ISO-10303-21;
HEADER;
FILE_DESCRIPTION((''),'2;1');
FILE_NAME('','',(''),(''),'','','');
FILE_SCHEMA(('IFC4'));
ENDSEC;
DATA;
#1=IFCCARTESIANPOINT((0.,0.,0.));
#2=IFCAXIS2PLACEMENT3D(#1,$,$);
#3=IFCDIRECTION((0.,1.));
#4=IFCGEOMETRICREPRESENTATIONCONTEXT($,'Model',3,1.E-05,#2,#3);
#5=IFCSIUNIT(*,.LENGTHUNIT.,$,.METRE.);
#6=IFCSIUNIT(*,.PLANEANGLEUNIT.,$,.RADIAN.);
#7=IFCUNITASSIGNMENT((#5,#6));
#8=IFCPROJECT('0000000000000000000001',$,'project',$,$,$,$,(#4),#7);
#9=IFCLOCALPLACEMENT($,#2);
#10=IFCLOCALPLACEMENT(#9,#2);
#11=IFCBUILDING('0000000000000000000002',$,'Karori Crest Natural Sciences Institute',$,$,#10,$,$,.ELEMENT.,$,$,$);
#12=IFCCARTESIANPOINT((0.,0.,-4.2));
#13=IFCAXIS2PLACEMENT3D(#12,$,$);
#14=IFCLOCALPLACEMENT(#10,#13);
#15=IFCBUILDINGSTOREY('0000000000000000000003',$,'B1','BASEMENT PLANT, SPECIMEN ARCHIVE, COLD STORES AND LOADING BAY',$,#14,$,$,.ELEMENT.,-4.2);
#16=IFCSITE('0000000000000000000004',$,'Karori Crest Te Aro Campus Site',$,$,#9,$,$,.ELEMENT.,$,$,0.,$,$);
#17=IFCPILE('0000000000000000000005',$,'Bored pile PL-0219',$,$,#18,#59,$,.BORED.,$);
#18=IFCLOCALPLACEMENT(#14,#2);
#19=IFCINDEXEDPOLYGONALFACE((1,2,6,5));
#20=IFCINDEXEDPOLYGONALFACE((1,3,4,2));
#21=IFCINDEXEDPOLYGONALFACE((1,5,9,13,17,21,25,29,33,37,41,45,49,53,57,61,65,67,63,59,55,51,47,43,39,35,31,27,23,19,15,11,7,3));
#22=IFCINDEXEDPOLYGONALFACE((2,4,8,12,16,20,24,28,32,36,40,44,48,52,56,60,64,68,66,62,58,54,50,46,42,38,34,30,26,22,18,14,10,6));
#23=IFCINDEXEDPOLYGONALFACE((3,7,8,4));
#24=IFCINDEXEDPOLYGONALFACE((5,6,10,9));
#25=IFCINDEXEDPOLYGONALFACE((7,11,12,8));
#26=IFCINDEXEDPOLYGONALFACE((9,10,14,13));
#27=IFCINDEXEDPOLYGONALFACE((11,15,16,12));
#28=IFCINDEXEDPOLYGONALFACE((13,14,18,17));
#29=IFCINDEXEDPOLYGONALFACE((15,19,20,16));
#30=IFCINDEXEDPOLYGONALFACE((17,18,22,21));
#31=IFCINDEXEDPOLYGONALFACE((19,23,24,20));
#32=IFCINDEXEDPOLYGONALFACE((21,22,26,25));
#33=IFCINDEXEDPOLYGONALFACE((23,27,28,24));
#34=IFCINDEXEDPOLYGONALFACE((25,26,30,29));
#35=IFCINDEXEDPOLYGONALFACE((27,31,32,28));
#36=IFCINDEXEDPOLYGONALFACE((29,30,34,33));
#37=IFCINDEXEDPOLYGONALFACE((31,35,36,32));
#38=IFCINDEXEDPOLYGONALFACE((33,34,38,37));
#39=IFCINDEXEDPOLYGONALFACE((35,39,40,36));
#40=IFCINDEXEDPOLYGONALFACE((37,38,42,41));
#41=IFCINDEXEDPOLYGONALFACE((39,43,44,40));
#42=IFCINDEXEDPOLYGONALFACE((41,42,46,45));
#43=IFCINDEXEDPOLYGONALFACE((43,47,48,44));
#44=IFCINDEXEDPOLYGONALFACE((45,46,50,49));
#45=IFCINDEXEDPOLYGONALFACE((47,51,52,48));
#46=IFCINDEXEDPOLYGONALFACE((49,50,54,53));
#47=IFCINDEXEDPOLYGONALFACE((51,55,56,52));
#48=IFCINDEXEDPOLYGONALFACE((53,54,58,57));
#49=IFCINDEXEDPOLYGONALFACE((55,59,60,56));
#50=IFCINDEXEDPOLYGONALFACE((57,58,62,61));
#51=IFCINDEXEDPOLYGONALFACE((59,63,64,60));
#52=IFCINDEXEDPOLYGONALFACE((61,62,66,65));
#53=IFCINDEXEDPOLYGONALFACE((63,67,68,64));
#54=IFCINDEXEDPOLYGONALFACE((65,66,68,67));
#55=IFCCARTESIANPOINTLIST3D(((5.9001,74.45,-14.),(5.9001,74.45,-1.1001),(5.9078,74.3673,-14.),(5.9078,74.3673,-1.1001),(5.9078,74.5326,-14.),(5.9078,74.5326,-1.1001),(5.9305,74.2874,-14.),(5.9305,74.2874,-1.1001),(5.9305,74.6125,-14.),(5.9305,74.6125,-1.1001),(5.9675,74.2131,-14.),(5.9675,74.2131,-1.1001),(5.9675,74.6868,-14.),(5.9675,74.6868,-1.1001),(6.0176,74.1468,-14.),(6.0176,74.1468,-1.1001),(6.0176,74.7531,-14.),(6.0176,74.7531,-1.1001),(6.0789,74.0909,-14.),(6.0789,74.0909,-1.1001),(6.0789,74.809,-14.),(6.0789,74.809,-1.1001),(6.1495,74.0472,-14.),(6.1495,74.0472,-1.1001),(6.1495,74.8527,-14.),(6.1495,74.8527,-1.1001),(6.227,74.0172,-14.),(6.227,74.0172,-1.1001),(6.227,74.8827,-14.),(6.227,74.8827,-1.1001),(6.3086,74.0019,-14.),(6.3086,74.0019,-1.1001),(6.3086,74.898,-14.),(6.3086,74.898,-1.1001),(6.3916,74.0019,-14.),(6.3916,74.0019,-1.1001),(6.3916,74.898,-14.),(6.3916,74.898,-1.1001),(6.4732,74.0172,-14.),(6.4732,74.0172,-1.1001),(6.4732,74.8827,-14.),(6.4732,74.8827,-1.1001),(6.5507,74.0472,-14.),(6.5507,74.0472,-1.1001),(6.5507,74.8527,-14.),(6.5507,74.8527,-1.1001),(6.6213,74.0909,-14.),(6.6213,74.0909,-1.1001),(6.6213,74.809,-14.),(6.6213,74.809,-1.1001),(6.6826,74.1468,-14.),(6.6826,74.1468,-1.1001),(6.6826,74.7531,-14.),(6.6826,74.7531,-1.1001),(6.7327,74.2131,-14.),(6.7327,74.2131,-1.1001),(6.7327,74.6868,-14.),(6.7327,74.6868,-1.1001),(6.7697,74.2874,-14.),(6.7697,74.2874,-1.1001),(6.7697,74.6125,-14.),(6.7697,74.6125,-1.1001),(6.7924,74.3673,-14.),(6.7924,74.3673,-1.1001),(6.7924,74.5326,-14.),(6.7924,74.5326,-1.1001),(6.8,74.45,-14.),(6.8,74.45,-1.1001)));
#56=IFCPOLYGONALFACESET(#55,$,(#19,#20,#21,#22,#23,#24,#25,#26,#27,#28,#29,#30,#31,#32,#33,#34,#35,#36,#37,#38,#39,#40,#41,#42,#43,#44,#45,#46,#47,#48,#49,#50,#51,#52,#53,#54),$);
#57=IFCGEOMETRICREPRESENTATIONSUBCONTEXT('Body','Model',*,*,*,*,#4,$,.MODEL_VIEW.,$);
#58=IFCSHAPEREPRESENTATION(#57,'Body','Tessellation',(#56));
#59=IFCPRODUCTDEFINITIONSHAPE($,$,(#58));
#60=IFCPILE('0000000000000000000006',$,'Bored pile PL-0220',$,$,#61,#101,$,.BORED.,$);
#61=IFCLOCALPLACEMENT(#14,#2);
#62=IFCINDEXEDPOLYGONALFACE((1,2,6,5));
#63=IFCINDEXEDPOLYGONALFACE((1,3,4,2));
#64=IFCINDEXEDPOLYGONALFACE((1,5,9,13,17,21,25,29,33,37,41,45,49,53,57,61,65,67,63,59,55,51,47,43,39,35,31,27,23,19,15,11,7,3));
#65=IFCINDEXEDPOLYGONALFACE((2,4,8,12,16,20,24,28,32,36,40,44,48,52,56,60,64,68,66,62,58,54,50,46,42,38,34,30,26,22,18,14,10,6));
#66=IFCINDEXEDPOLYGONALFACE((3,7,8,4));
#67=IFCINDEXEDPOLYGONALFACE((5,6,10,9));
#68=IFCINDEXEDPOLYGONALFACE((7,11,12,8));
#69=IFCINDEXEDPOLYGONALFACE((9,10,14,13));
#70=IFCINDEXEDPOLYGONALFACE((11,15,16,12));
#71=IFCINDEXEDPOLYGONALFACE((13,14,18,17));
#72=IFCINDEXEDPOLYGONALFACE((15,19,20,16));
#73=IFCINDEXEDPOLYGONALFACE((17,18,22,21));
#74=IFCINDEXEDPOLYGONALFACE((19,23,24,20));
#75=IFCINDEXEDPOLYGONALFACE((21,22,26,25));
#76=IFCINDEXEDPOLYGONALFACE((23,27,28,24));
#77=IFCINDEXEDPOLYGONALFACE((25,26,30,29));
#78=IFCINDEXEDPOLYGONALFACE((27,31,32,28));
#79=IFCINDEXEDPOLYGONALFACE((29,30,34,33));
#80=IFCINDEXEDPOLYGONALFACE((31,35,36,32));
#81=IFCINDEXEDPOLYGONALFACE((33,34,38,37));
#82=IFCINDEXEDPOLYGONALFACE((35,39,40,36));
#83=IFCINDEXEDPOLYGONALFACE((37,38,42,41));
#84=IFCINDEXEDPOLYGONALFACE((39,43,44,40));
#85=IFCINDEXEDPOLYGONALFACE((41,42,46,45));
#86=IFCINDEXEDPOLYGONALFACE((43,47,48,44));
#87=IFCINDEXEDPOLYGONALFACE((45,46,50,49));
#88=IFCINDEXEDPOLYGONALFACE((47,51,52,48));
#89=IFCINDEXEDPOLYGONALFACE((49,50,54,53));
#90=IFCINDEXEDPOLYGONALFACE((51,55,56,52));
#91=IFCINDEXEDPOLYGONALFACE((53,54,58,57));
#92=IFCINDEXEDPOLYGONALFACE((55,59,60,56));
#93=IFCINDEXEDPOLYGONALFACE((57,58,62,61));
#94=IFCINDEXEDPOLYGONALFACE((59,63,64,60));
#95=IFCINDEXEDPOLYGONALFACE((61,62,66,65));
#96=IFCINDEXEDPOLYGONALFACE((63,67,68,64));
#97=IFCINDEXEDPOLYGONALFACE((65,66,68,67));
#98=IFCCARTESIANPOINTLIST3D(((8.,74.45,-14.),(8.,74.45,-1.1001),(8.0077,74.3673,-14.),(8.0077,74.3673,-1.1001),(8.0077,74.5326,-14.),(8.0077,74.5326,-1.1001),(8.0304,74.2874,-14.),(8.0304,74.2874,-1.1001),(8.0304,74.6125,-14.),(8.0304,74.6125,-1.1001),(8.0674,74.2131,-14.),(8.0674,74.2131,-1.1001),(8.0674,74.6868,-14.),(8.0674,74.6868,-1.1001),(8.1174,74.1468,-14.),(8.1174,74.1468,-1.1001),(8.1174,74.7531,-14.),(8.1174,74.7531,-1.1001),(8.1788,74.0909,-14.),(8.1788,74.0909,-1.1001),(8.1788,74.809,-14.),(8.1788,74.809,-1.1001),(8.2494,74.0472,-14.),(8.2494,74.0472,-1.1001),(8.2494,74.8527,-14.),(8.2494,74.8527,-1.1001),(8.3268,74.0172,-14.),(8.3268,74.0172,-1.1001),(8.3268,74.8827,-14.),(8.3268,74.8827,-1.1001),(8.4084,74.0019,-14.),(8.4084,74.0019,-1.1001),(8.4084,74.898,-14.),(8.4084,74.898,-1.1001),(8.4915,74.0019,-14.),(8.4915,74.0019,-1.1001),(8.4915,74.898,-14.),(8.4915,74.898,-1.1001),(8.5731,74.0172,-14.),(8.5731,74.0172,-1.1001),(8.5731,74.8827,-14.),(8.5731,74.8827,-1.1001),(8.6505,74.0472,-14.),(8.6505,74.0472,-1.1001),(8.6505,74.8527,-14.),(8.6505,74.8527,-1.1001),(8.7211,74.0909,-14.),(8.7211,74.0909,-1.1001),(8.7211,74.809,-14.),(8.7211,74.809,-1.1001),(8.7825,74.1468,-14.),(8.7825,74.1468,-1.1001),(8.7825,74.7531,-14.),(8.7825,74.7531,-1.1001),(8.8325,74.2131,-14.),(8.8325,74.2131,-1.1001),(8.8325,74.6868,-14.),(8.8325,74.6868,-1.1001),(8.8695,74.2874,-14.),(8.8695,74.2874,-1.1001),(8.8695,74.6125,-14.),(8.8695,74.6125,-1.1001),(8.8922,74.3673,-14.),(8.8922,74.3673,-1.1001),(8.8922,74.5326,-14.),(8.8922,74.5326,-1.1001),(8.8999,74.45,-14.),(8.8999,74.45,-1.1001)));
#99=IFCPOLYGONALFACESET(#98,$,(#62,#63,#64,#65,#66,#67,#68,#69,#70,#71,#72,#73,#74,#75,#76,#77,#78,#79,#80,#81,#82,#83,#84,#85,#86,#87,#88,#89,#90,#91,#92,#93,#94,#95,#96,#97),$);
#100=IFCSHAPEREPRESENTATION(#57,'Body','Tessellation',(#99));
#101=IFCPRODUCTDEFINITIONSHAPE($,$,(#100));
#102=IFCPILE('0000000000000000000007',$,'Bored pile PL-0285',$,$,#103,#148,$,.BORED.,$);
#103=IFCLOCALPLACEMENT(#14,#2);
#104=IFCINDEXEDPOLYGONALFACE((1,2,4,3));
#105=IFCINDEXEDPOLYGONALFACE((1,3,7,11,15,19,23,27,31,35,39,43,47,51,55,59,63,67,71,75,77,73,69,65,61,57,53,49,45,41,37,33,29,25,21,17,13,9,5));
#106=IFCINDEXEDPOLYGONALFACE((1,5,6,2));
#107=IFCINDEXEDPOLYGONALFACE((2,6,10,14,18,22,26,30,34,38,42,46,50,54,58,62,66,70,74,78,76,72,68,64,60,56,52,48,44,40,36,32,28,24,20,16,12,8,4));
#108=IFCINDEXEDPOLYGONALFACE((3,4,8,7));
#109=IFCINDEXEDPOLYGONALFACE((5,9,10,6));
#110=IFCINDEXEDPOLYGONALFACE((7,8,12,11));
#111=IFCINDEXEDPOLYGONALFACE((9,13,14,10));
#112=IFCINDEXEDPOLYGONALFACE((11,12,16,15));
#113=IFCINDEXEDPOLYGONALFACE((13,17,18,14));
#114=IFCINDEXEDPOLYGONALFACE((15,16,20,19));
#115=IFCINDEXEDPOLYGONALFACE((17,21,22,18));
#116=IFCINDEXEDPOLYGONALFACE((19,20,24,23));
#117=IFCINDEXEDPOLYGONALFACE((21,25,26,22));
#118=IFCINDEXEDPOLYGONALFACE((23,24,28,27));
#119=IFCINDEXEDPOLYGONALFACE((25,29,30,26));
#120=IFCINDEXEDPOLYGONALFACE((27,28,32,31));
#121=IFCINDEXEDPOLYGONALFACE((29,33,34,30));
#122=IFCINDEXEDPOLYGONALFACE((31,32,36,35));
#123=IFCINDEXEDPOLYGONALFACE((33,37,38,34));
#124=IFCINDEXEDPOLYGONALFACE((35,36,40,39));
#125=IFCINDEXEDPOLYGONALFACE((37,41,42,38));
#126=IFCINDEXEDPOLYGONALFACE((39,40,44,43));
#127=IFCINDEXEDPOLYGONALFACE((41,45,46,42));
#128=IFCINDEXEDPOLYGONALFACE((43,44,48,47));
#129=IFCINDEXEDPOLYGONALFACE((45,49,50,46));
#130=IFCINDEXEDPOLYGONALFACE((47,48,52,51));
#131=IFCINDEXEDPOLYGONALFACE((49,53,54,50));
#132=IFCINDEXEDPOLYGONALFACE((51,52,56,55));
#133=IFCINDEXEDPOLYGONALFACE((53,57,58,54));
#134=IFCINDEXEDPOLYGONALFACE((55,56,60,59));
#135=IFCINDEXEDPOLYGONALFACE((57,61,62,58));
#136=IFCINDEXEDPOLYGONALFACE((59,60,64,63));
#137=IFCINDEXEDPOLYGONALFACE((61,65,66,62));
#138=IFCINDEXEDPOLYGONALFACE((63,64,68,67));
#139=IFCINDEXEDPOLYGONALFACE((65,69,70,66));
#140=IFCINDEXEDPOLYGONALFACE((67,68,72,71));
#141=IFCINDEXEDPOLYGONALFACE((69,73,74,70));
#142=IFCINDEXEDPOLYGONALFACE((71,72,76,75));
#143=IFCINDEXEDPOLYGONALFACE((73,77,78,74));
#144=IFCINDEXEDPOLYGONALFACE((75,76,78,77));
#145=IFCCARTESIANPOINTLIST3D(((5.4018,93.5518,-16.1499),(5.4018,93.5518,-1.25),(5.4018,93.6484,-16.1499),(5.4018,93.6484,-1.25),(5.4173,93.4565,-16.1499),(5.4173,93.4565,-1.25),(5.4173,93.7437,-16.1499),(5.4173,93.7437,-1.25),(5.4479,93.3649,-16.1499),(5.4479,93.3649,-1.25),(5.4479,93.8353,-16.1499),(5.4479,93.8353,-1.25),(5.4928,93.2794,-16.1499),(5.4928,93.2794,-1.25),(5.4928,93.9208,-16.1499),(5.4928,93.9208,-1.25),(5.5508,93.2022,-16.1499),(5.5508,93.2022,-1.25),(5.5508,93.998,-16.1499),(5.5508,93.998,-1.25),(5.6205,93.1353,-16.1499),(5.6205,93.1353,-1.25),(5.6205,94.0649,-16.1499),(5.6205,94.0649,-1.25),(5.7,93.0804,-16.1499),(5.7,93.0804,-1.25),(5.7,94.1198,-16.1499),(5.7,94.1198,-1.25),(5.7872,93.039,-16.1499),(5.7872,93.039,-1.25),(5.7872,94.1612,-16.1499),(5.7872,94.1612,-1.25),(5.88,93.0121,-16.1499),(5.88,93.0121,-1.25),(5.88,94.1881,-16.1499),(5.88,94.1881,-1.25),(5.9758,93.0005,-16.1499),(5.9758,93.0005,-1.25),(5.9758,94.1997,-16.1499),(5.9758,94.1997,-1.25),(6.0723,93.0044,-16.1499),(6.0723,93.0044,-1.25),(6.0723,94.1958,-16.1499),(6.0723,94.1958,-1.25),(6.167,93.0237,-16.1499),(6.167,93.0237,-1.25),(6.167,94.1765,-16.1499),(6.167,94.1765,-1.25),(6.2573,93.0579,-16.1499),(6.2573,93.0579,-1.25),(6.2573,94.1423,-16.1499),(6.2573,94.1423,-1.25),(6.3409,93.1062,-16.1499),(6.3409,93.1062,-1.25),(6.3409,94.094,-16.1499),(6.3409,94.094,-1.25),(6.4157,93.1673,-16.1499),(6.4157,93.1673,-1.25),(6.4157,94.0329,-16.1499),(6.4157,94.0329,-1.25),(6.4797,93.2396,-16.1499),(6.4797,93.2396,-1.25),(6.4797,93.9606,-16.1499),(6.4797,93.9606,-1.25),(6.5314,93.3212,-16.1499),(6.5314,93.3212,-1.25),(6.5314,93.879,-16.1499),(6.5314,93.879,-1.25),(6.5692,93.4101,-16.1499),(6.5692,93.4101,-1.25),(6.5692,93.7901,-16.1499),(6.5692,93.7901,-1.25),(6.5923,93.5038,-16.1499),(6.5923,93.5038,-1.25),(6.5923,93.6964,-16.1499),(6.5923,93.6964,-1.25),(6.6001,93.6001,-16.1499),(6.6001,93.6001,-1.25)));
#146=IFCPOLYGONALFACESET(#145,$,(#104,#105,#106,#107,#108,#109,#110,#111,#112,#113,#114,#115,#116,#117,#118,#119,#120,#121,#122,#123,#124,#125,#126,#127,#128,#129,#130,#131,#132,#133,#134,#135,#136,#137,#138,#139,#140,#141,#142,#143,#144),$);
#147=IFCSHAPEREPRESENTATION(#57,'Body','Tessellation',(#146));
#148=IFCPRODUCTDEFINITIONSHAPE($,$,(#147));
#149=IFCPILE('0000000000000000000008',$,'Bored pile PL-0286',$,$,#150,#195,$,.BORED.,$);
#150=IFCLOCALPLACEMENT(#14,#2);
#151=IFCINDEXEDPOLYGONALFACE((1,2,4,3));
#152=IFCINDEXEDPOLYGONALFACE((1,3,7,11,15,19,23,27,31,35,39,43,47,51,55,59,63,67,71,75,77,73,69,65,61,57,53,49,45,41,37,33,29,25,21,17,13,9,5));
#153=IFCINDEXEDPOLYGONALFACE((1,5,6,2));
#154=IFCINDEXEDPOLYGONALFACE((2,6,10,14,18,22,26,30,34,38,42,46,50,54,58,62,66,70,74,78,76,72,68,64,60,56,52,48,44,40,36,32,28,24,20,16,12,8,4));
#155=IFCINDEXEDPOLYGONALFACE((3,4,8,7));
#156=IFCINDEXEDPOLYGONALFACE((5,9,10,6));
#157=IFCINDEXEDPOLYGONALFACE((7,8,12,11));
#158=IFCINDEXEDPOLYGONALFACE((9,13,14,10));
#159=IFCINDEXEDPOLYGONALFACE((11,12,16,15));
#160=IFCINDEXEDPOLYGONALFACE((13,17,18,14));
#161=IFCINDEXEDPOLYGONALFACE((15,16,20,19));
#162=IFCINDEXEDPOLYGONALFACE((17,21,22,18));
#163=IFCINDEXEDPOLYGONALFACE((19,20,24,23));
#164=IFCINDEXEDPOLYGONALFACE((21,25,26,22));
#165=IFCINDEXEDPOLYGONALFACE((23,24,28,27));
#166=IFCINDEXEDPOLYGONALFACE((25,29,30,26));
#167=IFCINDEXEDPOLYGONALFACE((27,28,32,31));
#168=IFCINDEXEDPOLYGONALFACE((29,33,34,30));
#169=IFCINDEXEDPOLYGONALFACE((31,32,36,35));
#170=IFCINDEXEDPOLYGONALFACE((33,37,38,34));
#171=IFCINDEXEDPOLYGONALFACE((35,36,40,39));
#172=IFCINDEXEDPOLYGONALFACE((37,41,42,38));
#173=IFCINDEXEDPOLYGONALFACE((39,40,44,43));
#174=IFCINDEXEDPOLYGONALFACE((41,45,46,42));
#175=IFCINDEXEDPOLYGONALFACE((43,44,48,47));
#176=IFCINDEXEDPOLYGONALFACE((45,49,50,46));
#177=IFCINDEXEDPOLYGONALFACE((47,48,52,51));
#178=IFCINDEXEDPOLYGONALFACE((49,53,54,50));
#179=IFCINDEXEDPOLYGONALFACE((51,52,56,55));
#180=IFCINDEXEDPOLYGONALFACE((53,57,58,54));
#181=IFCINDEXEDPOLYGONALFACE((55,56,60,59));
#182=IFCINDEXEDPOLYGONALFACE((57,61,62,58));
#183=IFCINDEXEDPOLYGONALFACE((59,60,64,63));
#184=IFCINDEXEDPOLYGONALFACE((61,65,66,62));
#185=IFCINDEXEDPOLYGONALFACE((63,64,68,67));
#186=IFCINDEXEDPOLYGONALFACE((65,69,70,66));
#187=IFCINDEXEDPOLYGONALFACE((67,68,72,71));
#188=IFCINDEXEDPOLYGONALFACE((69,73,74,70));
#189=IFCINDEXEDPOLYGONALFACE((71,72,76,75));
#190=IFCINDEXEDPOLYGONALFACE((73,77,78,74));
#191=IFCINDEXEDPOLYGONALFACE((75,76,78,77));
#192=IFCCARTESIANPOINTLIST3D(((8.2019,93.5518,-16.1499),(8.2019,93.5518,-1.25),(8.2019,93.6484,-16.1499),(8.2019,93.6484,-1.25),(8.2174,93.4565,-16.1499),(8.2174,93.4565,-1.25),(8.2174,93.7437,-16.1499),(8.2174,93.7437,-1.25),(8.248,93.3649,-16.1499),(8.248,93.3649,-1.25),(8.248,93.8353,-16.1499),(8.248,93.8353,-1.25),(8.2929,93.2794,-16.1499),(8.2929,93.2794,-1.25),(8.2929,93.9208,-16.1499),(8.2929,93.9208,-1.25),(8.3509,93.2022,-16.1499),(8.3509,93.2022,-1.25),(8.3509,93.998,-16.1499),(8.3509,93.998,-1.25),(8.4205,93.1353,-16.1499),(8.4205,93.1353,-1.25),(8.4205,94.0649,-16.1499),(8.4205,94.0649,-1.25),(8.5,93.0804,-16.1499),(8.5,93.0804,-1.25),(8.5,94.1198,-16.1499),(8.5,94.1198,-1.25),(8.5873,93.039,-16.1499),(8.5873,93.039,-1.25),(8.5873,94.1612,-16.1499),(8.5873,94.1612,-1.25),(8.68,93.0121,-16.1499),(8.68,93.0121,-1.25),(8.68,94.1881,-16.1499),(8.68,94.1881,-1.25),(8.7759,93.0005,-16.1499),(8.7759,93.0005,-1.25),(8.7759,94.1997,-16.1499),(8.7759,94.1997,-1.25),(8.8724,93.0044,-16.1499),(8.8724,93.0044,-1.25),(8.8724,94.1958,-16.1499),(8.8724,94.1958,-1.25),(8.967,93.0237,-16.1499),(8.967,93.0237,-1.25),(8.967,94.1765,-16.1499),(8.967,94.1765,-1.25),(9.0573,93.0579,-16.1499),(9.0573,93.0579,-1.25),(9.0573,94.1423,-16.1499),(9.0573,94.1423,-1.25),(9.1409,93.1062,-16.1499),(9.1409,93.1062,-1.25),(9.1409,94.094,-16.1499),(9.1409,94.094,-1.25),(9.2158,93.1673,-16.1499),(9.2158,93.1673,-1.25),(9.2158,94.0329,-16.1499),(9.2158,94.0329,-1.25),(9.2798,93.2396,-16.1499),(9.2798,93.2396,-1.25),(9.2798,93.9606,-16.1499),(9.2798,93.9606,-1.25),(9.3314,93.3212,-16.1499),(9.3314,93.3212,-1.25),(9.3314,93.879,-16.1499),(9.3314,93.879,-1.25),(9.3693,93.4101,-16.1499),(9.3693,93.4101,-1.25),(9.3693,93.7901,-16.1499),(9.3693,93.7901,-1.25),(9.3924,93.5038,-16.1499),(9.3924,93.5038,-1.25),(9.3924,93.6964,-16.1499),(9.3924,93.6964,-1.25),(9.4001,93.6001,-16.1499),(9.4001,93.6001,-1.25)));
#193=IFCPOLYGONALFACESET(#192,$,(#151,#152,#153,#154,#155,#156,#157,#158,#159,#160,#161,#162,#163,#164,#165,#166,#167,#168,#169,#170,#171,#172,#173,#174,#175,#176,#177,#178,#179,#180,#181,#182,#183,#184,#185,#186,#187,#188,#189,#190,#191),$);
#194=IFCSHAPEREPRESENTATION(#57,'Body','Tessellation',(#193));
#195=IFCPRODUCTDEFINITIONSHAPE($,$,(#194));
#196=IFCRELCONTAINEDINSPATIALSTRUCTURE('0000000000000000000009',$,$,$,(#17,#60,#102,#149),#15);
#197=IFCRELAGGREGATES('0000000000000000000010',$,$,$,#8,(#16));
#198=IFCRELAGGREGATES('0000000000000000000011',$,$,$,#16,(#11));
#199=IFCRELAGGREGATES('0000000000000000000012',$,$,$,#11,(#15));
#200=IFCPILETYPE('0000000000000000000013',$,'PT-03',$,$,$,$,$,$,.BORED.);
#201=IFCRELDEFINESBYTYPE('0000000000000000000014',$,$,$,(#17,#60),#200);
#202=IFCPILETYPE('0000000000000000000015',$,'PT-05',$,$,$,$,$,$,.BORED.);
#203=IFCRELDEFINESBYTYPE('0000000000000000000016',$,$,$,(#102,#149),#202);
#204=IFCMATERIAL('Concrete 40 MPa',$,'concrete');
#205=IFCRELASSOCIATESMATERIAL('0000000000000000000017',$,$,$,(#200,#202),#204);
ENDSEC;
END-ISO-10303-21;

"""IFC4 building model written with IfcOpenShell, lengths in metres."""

from ifc_helpers import new_model, si_unit, direction, frame, origin, origin_2d, place, context, subcontext, project, spatial, circle, extrude, material, material_profile, profile_set, type_object, element, save


model = new_model("IFC4")

# Units and contexts
model_context = context("Model", 3, precision=1e-05, world=origin(), true_north=direction((0.0, 1.0)))
body_context = subcontext(model_context, "Body", "Model", "MODEL_VIEW")
ifc_project = project(units=[si_unit("LENGTHUNIT", "METRE"), si_unit("PLANEANGLEUNIT", "RADIAN")], contexts=[model_context])

# Site, building, storey
site_placement = place(None, origin())
site = spatial("IfcSite", under=ifc_project, at=site_placement, Name="Karori Crest Te Aro Campus Site", CompositionType="ELEMENT", RefElevation=0.0)
building_placement = place(site_placement, origin())
building = spatial("IfcBuilding", under=site, at=building_placement, Name="Karori Crest Natural Sciences Institute", CompositionType="ELEMENT")
storey_placement = place(building_placement, frame((0.0, 0.0, -4.2)))
storey = spatial("IfcBuildingStorey", under=building, at=storey_placement, Name="B1", Description="BASEMENT PLANT, SPECIMEN ARCHIVE, COLD STORES AND LOADING BAY", CompositionType="ELEMENT", Elevation=-4.2)

# Shared definitions
ifc_material_1 = material(Name="Concrete 40 MPa", Category="concrete")

# Piles
ifc_material_profile_1 = material_profile(ifc_material_1, circle(Radius=0.45, at=origin_2d()), Name="PILE900")
ifc_profile_set_1 = profile_set([ifc_material_profile_1], Name="Concrete 40 MPa")
pile_type_1 = type_object("IfcPileType", Name="PT-03", PredefinedType="BORED", material=ifc_profile_set_1)
for number, where, z_axis, x_axis, name in (
    (1, (6.3501, 74.45, -1.1001), (0.0, 0.0, -1.0), (1.0, 0.0, 0.0), "Bored pile PL-0219"),
    (2, (8.45, 74.45, -1.1001), (0.0, 0.0, -1.0), (1.0, 0.0, 0.0), "Bored pile PL-0220"),
):
    element("IfcPile", number, at=place(storey_placement, frame(where, z_axis=z_axis, x_axis=x_axis)), inside=storey, type_object=pile_type_1, Name=name, PredefinedType="BORED", context=body_context, shape_type="SweptSolid", body=[
        extrude(circle(Radius=0.45, at=origin_2d()), origin(), (0.0, 0.0, 1.0), 12.8999),
    ])
ifc_material_profile_2 = material_profile(ifc_material_1, circle(Radius=0.6001, at=origin_2d()), Name="PILE1200")
ifc_profile_set_2 = profile_set([ifc_material_profile_2], Name="Concrete 40 MPa")
pile_type_2 = type_object("IfcPileType", Name="PT-05", PredefinedType="BORED", material=ifc_profile_set_2)
for number, where, z_axis, x_axis, name in (
    (3, (6.0, 93.6001, -1.25), (0.0, 0.0, -1.0), (1.0, 0.0, 0.0), "Bored pile PL-0285"),
    (4, (8.8, 93.6001, -1.25), (0.0, 0.0, -1.0), (1.0, 0.0, 0.0), "Bored pile PL-0286"),
):
    element("IfcPile", number, at=place(storey_placement, frame(where, z_axis=z_axis, x_axis=x_axis)), inside=storey, type_object=pile_type_2, Name=name, PredefinedType="BORED", context=body_context, shape_type="SweptSolid", body=[
        extrude(circle(Radius=0.6001, at=origin_2d()), origin(), (0.0, 0.0, 1.0), 14.8999),
    ])

save(model, "model.ifc")
